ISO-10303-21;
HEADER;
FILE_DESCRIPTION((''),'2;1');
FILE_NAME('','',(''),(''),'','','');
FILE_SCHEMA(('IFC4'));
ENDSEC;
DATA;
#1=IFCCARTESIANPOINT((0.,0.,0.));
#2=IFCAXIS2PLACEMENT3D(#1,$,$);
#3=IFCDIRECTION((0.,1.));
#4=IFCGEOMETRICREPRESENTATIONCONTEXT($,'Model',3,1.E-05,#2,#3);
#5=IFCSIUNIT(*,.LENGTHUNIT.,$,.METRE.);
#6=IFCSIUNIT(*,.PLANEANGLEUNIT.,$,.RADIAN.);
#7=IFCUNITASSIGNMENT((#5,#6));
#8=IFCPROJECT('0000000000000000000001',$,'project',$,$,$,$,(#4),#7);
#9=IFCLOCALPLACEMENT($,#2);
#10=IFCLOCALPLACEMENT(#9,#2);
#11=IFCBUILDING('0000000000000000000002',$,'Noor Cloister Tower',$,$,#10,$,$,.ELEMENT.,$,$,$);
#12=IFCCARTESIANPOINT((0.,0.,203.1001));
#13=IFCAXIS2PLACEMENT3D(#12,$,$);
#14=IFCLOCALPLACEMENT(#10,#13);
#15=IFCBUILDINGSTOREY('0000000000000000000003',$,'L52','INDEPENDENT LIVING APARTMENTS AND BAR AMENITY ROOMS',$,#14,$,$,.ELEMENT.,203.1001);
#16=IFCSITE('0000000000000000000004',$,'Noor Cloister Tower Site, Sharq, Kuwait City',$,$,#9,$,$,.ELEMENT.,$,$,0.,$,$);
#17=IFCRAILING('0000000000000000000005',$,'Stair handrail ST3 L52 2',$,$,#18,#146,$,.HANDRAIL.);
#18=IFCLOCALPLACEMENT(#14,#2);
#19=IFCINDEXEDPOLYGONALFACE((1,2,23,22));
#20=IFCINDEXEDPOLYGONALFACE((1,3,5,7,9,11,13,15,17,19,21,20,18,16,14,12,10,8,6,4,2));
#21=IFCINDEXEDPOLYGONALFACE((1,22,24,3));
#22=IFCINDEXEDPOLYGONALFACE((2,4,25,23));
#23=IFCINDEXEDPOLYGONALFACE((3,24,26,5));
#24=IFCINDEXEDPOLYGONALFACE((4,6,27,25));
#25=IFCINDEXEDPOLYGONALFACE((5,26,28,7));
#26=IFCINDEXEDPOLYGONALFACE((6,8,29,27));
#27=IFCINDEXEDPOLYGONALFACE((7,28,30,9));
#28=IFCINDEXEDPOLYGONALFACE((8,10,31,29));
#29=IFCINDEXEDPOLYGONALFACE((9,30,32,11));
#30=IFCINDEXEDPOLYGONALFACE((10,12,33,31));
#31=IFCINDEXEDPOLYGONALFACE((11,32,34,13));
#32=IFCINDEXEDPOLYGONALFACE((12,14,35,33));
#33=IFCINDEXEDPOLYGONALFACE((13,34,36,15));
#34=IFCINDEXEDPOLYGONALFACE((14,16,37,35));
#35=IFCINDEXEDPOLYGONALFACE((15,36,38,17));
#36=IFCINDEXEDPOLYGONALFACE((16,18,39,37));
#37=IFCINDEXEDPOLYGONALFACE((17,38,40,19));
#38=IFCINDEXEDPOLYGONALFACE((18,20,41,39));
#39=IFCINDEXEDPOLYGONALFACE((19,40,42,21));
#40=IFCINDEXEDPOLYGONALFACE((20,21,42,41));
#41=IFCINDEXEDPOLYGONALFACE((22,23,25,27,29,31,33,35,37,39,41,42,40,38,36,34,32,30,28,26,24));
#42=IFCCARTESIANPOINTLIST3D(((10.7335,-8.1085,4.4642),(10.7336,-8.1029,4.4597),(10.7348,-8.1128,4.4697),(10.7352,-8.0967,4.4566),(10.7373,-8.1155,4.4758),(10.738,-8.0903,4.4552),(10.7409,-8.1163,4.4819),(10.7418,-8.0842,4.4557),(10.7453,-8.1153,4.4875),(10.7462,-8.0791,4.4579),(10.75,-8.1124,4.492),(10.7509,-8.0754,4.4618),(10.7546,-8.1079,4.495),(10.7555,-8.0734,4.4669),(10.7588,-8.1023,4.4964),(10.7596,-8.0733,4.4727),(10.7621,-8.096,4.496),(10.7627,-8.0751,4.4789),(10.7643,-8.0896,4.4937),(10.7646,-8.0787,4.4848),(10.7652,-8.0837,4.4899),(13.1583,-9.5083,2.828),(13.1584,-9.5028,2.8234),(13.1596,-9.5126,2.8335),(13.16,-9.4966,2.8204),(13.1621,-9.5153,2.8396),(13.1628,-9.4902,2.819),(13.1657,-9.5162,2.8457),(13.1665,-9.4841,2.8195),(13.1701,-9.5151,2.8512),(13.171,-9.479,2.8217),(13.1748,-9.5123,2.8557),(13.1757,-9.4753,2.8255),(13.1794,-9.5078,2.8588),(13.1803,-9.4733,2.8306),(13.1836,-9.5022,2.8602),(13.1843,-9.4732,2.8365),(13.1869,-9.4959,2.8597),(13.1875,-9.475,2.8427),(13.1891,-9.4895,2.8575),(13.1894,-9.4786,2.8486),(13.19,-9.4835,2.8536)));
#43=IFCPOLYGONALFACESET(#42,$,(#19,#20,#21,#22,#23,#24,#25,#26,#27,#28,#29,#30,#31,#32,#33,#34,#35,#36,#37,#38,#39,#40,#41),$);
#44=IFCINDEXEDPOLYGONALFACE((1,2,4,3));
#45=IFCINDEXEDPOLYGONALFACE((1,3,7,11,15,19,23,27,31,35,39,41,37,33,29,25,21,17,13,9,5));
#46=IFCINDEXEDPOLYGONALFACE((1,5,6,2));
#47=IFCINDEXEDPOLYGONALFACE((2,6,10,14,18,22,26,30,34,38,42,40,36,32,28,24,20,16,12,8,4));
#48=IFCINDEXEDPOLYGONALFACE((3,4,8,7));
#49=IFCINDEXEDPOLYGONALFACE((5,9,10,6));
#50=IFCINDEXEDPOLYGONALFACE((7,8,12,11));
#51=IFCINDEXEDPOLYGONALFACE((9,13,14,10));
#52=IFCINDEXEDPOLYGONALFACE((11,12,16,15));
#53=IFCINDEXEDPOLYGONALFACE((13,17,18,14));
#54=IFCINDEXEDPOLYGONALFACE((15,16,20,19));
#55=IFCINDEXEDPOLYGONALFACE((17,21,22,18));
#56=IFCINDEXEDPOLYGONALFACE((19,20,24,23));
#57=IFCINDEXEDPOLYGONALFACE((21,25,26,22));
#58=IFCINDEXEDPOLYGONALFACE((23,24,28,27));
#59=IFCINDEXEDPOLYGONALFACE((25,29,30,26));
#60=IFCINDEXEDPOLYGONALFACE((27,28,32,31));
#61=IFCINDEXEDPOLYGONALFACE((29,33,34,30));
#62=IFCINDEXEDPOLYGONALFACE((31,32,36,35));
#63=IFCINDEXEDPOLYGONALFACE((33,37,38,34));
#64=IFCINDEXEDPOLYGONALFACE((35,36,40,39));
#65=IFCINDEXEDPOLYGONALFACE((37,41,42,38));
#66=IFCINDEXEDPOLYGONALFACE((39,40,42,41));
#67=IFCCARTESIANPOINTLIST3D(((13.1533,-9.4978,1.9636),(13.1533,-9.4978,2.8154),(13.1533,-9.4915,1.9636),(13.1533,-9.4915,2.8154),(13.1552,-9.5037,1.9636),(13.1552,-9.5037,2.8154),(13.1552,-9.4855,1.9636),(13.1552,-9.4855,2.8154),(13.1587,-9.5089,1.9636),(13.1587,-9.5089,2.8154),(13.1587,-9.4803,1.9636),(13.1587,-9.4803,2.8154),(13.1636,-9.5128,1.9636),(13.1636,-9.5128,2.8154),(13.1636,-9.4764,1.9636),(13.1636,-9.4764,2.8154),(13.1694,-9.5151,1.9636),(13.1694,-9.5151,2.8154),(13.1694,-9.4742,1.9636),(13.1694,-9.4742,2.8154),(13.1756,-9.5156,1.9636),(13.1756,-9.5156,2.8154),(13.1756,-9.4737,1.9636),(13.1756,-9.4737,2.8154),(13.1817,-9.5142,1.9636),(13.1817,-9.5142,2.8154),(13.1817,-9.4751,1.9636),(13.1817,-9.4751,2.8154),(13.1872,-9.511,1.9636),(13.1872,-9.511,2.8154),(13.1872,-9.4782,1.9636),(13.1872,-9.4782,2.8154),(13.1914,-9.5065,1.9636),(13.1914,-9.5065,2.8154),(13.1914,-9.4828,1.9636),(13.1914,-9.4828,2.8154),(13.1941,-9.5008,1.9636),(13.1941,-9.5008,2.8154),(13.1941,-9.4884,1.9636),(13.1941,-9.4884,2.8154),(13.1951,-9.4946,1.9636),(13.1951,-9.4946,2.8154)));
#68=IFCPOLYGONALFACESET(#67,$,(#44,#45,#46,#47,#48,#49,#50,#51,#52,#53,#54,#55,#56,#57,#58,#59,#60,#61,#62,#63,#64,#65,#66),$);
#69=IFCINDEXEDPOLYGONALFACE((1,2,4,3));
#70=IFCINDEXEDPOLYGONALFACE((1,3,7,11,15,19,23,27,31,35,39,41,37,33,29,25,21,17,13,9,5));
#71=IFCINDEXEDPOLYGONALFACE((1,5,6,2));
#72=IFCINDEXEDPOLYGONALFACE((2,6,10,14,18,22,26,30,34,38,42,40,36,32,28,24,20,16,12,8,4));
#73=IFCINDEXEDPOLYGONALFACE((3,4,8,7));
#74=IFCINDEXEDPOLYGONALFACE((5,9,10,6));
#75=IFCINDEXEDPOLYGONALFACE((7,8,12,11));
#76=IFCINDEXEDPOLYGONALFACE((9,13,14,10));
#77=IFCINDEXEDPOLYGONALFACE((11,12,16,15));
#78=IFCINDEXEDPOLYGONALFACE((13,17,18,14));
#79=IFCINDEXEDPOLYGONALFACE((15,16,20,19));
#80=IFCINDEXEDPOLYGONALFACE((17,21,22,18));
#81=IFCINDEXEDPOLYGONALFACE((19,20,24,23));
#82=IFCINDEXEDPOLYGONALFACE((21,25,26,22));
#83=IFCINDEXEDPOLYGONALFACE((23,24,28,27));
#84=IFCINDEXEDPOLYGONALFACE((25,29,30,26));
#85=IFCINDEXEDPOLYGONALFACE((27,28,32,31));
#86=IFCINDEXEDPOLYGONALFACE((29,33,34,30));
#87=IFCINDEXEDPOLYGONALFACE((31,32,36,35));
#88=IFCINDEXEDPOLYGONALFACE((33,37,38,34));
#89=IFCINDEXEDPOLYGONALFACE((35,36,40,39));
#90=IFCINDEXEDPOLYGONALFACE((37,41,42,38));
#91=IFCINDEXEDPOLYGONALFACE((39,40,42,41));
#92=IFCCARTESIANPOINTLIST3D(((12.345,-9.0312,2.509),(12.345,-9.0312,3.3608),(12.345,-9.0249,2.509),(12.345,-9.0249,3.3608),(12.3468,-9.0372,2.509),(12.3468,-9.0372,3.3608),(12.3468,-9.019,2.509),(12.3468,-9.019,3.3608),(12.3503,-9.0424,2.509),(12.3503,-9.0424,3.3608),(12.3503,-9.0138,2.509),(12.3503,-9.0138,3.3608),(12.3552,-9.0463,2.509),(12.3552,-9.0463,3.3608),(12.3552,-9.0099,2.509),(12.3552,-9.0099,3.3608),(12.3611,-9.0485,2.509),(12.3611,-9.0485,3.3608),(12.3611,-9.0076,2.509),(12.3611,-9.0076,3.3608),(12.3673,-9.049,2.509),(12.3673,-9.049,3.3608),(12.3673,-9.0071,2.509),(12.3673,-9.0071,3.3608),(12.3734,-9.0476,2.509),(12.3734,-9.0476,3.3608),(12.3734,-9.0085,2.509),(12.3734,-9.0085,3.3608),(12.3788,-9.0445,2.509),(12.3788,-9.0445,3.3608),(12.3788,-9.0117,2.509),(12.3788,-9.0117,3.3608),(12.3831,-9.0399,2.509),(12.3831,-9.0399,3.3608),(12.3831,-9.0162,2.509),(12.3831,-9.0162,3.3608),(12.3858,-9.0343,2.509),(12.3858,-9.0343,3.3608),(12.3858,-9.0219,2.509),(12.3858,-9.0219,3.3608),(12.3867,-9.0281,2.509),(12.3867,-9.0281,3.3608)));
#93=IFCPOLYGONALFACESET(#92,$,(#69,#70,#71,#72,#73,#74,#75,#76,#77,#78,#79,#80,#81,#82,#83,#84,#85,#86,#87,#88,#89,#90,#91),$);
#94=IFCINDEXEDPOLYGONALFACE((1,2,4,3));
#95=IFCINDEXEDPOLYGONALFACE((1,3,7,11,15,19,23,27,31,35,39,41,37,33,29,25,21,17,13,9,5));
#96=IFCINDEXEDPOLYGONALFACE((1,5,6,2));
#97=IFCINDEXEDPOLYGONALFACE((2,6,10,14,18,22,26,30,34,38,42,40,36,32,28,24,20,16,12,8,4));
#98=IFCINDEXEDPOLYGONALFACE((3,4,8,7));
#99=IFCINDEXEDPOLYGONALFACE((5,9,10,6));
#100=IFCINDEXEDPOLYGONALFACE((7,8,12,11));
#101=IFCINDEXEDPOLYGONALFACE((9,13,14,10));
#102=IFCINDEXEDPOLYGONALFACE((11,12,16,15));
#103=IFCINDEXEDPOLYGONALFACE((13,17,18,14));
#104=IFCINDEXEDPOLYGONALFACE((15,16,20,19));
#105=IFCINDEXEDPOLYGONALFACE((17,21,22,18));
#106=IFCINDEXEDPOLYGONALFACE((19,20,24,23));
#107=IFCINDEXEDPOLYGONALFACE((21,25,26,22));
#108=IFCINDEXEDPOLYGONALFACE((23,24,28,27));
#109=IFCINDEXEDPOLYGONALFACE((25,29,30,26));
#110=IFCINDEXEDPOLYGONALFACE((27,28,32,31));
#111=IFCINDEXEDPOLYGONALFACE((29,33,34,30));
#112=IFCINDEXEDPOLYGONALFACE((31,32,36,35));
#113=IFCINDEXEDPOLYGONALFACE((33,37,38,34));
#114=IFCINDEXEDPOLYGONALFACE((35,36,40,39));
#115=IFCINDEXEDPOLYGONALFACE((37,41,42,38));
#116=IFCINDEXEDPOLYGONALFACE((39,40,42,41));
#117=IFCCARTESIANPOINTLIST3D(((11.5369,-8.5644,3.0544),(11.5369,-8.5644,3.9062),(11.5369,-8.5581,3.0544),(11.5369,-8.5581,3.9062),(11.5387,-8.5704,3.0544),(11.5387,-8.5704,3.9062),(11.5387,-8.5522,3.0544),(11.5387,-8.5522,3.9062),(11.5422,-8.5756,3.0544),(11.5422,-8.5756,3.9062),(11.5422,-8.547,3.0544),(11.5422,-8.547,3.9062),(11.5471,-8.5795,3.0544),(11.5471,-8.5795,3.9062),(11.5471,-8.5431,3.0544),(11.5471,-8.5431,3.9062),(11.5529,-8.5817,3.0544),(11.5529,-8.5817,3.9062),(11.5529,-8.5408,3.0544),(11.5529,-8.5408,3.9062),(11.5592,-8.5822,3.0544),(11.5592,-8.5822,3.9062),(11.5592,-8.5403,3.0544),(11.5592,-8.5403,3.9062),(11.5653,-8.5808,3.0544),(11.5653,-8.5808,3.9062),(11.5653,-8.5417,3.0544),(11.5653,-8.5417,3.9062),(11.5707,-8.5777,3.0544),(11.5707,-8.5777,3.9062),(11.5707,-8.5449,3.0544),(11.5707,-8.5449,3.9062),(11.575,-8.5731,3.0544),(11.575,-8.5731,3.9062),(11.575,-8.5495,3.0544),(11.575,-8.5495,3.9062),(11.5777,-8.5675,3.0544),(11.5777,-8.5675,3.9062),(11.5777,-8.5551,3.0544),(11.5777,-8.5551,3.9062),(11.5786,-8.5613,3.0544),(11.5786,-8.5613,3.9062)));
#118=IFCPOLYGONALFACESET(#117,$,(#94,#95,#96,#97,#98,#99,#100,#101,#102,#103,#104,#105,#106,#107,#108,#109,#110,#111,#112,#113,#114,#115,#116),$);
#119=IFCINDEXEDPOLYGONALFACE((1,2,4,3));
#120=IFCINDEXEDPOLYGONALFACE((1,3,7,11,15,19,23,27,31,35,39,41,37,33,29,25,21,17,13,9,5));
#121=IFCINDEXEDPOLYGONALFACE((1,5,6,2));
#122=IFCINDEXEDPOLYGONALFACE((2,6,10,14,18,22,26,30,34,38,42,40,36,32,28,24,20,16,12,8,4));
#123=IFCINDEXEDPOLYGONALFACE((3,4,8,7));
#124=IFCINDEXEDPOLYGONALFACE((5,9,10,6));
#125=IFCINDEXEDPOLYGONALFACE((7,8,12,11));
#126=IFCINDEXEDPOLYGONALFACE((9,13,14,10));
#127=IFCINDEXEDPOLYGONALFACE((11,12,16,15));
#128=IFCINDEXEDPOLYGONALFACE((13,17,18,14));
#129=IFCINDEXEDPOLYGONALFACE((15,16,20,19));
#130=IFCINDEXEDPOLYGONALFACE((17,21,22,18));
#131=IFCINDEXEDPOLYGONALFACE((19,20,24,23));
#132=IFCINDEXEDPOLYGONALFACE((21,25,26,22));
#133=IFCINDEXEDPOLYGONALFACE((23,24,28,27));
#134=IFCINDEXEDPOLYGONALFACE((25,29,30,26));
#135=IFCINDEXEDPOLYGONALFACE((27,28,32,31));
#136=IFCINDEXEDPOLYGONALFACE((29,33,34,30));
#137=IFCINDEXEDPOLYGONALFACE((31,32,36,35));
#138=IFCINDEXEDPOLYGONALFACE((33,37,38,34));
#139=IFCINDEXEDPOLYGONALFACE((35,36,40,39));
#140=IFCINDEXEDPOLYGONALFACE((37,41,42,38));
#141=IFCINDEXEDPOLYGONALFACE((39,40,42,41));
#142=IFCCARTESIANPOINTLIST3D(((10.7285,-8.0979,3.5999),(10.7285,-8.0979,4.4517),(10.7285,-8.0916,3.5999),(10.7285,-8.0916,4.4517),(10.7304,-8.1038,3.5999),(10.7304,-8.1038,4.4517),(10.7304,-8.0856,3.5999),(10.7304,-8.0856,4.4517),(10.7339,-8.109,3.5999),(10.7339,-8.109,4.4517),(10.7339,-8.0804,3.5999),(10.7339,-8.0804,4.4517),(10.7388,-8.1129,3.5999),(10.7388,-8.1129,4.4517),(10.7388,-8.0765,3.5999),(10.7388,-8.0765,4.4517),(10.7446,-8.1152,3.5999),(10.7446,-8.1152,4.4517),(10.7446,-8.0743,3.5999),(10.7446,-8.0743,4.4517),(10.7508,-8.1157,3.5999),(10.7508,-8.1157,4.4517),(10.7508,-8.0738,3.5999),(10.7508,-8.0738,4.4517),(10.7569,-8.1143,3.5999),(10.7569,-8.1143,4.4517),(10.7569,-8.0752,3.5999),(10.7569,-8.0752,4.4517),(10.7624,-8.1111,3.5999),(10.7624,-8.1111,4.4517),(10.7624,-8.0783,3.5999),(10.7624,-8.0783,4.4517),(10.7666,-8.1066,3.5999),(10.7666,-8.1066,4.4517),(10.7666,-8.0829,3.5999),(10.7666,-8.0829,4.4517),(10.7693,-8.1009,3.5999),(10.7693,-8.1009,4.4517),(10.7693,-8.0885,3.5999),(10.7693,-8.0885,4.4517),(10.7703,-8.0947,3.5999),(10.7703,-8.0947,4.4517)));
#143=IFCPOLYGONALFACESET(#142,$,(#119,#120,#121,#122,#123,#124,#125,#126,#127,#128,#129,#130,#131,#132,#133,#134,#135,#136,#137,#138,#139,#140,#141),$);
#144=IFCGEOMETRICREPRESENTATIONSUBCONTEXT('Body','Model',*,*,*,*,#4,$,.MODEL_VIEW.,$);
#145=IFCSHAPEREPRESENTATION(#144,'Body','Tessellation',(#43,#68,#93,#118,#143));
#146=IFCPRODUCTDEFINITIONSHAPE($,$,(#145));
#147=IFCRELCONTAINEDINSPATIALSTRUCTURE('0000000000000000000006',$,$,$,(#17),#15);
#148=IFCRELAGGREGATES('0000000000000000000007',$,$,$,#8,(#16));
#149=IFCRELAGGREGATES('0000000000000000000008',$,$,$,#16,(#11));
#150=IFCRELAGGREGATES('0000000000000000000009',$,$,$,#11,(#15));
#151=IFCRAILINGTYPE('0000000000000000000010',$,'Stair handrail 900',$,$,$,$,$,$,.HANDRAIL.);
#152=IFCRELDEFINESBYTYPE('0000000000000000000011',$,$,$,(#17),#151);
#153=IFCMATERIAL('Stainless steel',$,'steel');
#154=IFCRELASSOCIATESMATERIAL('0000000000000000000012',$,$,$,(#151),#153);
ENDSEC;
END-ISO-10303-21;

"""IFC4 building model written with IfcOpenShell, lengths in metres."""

from ifc_helpers import new_model, si_unit, direction, frame, origin, origin_2d, place, context, subcontext, project, spatial, circle, extrude, material, type_object, element, save


model = new_model("IFC4")

# Units and contexts
model_context = context("Model", 3, precision=1e-05, world=origin(), true_north=direction((0.0, 1.0)))
body_context = subcontext(model_context, "Body", "Model", "MODEL_VIEW")
ifc_project = project(units=[si_unit("LENGTHUNIT", "METRE"), si_unit("PLANEANGLEUNIT", "RADIAN")], contexts=[model_context])

# Site, building, storey
site_placement = place(None, origin())
site = spatial("IfcSite", under=ifc_project, at=site_placement, Name="Noor Cloister Tower Site, Sharq, Kuwait City", CompositionType="ELEMENT", RefElevation=0.0)
building_placement = place(site_placement, origin())
building = spatial("IfcBuilding", under=site, at=building_placement, Name="Noor Cloister Tower", CompositionType="ELEMENT")
storey_placement = place(building_placement, frame((0.0, 0.0, 203.1001)))
storey = spatial("IfcBuildingStorey", under=building, at=storey_placement, Name="L52", Description="INDEPENDENT LIVING APARTMENTS AND BAR AMENITY ROOMS", CompositionType="ELEMENT", Elevation=203.1001)

# Railing
ifc_material_1 = material(Name="Stainless steel", Category="steel")
railing_type_1 = type_object("IfcRailingType", Name="Stair handrail 900", PredefinedType="HANDRAIL", material=ifc_material_1)
railing_1_placement = place(storey_placement, frame((13.1741, -9.4946, 1.9636)))
element("IfcRailing", 1, at=railing_1_placement, inside=storey, type_object=railing_type_1, Name="Stair handrail ST3 L52 2", PredefinedType="HANDRAIL", context=body_context, shape_type="SweptSolid", body=[
    extrude(circle(Radius=0.0239, at=origin_2d()), frame((0.0, 0.0, 0.876), z_axis=(-0.747718, 0.431677, 0.504552), x_axis=(-0.499984, -0.866035, 0.0)), (0.0, 0.0, 1.0), 3.2429),
    extrude(circle(Radius=0.021, at=origin_2d()), origin(), (0.0, 0.0, 1.0), 0.8518),
    extrude(circle(Radius=0.021, at=origin_2d()), frame((-0.8083, 0.4666, 0.5454)), (0.0, 0.0, 1.0), 0.8518),
    extrude(circle(Radius=0.021, at=origin_2d()), frame((-1.6165, 0.9333, 1.0908)), (0.0, 0.0, 1.0), 0.8518),
    extrude(circle(Radius=0.021, at=origin_2d()), frame((-2.4248, 1.3999, 1.6362)), (0.0, 0.0, 1.0), 0.8518),
])

save(model, "model.ifc")
